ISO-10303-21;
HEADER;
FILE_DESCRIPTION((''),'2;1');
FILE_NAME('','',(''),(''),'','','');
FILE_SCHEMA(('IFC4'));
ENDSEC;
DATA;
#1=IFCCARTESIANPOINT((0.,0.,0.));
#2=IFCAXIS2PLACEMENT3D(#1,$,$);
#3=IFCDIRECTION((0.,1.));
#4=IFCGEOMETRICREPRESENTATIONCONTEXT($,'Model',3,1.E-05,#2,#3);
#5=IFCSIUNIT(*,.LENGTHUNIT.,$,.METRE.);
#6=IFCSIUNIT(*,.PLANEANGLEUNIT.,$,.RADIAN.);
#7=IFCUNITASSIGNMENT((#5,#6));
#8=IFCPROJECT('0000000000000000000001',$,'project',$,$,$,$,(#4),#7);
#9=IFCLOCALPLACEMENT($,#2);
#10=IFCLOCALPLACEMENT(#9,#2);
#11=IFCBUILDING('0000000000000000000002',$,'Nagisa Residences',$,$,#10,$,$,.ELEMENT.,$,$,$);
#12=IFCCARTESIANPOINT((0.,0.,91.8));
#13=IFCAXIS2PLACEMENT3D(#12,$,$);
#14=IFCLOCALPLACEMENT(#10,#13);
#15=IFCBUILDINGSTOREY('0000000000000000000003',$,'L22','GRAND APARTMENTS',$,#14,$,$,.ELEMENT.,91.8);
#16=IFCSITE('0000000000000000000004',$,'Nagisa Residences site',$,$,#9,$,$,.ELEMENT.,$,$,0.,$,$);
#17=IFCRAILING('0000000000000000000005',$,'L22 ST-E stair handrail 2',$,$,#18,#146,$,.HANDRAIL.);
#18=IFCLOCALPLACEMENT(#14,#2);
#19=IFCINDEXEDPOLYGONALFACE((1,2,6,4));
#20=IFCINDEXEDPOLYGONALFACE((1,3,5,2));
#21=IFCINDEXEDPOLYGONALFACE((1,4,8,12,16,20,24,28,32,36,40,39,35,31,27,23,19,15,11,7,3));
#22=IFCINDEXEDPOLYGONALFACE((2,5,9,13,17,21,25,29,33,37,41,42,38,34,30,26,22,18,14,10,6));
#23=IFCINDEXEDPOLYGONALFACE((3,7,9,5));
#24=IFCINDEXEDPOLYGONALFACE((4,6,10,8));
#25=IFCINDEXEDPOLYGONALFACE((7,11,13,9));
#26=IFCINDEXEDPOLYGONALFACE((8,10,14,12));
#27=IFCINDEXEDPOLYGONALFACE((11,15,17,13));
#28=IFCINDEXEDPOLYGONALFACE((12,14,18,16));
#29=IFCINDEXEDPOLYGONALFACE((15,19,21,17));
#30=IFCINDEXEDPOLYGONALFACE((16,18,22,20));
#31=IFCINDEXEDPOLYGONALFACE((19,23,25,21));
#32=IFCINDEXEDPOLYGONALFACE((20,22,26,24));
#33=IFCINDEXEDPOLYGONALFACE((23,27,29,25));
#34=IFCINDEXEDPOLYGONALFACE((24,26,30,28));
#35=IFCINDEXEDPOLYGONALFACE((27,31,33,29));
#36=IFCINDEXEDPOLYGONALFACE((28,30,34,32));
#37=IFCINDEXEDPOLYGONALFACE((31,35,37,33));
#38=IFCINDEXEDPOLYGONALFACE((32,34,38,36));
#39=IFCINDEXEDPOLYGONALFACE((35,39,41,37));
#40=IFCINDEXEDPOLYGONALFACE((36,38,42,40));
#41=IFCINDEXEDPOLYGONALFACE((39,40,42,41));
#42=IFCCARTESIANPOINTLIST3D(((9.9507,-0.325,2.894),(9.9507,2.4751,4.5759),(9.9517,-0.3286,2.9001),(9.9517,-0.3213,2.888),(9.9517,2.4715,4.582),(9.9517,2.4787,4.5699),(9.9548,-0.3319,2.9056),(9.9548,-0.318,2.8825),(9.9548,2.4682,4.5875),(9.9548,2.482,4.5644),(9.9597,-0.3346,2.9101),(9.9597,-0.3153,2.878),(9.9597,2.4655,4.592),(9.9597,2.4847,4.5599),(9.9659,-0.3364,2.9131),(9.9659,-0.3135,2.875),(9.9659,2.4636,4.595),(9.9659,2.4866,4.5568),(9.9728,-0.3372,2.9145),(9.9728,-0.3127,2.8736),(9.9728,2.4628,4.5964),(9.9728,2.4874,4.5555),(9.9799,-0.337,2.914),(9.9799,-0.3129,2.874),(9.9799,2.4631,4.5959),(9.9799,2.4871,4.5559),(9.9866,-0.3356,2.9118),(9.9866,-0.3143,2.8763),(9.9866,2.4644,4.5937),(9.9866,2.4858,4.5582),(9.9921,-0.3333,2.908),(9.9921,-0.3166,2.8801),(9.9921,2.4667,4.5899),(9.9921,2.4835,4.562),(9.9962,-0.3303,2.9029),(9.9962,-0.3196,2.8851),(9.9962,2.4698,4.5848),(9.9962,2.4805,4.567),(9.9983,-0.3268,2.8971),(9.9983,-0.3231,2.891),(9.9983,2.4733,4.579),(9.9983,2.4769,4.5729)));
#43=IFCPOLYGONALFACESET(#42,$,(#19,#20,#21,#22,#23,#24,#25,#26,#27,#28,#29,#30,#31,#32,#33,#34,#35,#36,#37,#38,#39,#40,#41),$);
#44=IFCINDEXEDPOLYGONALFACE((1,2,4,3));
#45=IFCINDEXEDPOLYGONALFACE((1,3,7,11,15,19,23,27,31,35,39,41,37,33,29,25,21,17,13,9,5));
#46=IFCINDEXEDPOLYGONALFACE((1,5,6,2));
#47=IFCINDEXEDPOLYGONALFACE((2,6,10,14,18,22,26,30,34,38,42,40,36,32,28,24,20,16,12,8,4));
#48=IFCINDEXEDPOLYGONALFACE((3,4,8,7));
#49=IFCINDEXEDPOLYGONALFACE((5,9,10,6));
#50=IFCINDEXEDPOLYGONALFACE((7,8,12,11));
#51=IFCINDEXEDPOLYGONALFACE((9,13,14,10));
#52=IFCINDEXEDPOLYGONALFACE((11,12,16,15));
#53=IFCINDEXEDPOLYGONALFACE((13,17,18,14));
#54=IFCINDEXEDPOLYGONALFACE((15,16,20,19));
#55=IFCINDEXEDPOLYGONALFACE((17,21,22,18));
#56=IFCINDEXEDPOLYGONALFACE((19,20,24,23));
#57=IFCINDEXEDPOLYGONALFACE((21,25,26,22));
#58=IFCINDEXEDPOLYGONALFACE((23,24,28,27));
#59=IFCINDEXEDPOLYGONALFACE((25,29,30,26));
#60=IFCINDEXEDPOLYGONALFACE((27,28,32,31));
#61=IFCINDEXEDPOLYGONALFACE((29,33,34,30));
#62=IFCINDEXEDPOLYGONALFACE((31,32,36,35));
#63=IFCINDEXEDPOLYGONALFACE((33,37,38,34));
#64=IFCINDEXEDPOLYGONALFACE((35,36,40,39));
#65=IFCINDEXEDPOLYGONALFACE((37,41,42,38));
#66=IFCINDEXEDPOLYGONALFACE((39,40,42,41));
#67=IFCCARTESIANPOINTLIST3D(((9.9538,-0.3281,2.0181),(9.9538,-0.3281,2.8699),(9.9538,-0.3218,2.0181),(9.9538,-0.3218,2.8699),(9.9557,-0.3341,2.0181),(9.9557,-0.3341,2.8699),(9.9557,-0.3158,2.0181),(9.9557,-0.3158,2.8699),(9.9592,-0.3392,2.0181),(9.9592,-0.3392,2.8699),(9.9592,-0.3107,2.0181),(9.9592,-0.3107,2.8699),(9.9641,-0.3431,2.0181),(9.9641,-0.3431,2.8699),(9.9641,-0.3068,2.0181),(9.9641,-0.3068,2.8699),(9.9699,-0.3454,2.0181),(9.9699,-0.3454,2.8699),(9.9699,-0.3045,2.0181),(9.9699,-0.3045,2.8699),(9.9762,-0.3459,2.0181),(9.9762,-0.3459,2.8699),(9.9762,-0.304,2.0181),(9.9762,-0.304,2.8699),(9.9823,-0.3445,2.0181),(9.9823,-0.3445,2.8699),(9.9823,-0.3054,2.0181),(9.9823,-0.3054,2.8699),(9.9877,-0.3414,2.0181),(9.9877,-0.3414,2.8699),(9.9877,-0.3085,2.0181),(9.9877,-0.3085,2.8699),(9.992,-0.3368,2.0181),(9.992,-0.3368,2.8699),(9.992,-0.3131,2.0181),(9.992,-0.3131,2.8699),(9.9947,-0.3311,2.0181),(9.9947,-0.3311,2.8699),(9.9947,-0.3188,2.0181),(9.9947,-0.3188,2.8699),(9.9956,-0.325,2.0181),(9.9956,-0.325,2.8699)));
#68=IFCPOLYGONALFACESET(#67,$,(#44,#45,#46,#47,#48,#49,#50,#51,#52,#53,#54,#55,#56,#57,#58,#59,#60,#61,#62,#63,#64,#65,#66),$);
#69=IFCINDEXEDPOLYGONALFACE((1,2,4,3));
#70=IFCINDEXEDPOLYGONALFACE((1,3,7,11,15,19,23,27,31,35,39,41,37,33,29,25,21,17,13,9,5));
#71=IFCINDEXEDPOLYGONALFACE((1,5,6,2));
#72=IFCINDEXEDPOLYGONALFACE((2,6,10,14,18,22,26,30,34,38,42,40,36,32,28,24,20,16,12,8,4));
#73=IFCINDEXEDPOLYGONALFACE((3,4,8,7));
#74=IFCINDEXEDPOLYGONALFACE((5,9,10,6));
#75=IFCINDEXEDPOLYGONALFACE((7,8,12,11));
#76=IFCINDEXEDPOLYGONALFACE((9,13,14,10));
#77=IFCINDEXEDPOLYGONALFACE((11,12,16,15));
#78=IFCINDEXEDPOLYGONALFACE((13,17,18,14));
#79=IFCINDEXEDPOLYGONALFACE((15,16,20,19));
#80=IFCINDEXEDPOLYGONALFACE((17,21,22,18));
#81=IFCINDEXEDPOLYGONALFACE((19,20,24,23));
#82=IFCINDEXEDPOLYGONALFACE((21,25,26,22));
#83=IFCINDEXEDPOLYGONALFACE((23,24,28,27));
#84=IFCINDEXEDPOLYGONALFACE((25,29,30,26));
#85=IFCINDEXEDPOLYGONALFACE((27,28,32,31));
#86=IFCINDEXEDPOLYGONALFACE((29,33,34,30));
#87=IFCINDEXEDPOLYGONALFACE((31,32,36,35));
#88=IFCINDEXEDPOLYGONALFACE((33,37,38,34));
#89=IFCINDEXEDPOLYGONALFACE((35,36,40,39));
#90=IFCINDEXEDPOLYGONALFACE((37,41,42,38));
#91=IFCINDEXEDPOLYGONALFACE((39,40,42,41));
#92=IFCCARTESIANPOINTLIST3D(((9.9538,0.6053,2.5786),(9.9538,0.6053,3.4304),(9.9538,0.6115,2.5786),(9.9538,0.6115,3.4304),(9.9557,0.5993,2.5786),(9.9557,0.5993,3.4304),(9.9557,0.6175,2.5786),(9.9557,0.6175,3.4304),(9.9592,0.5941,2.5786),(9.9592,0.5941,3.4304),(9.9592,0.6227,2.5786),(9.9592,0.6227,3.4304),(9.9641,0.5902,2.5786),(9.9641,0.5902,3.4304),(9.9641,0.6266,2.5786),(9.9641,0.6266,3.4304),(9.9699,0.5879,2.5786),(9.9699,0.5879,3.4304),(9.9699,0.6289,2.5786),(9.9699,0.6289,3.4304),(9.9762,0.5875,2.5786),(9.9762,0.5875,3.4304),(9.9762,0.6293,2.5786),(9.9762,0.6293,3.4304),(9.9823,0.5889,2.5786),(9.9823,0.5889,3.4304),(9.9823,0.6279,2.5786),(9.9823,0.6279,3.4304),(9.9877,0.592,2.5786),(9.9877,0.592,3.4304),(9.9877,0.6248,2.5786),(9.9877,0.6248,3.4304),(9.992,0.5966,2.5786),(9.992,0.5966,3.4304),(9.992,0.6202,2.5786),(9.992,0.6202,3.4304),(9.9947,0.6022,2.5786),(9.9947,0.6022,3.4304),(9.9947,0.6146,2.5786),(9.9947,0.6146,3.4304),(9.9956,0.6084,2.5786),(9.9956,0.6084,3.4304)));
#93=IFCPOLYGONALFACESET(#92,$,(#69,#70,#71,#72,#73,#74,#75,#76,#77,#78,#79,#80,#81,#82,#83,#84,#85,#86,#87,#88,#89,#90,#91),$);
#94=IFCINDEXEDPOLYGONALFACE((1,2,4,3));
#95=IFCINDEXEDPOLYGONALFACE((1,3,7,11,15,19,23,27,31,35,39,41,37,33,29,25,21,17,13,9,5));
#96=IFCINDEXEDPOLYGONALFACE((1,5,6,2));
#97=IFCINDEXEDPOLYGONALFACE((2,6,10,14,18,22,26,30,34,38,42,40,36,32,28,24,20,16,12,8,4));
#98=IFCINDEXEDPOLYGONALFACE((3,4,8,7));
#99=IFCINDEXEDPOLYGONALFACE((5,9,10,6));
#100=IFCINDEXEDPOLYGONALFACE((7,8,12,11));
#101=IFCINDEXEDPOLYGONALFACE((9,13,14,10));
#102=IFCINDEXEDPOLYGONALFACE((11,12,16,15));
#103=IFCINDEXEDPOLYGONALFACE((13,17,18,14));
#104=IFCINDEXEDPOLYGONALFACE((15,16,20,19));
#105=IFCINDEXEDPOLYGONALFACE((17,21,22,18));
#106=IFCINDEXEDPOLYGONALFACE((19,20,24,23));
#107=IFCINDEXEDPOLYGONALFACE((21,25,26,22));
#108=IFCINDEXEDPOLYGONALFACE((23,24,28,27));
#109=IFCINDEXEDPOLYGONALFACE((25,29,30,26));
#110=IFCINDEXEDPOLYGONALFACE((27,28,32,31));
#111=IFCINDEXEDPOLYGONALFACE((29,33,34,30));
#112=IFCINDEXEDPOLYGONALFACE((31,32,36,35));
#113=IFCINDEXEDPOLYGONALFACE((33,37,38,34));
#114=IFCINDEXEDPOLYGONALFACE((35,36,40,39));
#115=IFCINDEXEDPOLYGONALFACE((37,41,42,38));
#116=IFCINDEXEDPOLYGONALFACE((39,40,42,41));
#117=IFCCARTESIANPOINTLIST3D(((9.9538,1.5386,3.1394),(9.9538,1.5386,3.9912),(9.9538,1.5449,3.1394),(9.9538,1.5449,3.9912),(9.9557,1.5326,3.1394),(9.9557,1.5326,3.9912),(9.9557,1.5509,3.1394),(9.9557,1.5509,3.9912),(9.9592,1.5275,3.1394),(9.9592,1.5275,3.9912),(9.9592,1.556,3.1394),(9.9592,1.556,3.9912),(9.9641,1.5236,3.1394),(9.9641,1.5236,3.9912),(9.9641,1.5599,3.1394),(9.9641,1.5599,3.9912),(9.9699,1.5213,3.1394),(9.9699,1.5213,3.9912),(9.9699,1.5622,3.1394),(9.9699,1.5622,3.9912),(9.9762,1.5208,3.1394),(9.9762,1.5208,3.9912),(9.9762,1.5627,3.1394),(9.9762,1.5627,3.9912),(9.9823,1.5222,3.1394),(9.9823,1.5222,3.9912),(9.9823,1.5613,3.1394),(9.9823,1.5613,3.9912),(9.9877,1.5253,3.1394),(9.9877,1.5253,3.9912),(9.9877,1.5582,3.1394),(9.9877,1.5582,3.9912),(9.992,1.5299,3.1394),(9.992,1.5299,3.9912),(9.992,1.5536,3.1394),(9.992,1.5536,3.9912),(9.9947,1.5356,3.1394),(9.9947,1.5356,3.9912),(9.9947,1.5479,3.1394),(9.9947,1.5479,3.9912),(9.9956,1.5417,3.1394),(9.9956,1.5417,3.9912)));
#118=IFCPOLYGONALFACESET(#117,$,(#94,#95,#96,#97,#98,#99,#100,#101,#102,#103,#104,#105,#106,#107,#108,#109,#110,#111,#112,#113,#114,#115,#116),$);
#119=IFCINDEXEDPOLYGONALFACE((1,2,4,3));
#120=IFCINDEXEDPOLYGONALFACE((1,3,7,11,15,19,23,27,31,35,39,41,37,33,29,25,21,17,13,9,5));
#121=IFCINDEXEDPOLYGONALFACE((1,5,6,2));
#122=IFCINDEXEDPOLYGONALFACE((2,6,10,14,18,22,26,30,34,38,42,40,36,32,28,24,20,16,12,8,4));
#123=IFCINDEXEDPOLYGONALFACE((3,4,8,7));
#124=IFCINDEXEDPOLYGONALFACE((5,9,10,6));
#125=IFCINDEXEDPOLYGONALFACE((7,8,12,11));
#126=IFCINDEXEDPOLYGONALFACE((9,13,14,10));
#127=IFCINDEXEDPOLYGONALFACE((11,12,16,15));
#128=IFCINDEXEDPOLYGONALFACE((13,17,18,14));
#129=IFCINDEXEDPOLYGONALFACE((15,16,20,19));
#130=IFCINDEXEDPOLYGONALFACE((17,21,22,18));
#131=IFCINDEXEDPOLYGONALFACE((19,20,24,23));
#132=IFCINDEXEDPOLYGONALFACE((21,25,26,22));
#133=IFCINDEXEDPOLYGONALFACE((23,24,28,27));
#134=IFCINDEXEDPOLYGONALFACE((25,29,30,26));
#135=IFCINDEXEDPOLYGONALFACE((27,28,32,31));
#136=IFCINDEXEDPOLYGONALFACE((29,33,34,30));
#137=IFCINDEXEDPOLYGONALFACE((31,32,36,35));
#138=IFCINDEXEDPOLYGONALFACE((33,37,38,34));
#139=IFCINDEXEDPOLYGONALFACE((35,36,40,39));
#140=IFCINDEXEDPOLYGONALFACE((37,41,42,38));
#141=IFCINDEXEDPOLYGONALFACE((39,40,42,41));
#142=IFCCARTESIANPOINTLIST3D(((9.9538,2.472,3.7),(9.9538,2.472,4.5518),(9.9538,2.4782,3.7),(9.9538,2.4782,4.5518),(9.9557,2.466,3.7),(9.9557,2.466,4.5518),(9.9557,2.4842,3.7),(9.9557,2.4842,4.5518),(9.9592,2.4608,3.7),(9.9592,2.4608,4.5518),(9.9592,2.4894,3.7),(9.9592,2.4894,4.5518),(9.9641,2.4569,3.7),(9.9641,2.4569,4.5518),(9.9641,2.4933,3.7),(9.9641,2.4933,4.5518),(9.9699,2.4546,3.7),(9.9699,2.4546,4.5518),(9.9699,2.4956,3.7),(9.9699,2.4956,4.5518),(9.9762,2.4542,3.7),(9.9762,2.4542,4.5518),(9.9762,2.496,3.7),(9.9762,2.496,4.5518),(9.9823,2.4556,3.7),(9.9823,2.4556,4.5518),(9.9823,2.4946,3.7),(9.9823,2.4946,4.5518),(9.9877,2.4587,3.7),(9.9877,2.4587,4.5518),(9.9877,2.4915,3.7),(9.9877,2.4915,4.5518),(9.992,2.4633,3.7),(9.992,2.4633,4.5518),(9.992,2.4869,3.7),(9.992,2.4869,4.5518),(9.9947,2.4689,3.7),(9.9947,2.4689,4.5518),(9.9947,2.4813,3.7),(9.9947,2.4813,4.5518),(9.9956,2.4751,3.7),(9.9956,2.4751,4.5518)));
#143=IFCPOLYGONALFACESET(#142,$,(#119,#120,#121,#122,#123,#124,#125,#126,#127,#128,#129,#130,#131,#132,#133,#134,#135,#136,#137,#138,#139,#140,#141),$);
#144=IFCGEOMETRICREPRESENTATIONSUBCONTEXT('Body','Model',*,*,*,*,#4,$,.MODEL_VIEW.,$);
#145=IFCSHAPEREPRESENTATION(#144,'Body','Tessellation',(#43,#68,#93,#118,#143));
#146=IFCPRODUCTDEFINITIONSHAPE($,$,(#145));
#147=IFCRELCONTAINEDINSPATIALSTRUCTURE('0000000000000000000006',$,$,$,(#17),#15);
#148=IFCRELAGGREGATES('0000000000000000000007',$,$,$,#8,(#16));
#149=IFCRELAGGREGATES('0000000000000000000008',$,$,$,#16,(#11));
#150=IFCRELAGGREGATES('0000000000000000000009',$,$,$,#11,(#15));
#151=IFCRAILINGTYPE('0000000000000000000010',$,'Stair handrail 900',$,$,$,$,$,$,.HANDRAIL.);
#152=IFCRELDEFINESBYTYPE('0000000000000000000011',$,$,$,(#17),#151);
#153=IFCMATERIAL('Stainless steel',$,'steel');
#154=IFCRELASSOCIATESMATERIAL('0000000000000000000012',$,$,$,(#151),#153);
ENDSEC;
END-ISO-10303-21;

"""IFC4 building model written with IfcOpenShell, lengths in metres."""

from ifc_helpers import new_model, si_unit, direction, frame, origin, origin_2d, place, context, subcontext, project, spatial, circle, extrude, material, type_object, element, save


model = new_model("IFC4")

# Units and contexts
model_context = context("Model", 3, precision=1e-05, world=origin(), true_north=direction((0.0, 1.0)))
body_context = subcontext(model_context, "Body", "Model", "MODEL_VIEW")
ifc_project = project(units=[si_unit("LENGTHUNIT", "METRE"), si_unit("PLANEANGLEUNIT", "RADIAN")], contexts=[model_context])

# Site, building, storey
site_placement = place(None, origin())
site = spatial("IfcSite", under=ifc_project, at=site_placement, Name="Nagisa Residences site", CompositionType="ELEMENT", RefElevation=0.0)
building_placement = place(site_placement, origin())
building = spatial("IfcBuilding", under=site, at=building_placement, Name="Nagisa Residences", CompositionType="ELEMENT")
storey_placement = place(building_placement, frame((0.0, 0.0, 91.8)))
storey = spatial("IfcBuildingStorey", under=building, at=storey_placement, Name="L22", Description="GRAND APARTMENTS", CompositionType="ELEMENT", Elevation=91.8)

# Railing
ifc_material_1 = material(Name="Stainless steel", Category="steel")
railing_type = type_object("IfcRailingType", Name="Stair handrail 900", PredefinedType="HANDRAIL", material=ifc_material_1)
railing_placement = place(storey_placement, frame((9.9746, -0.325, 2.0181)))
element("IfcRailing", 1, at=railing_placement, inside=storey, type_object=railing_type, Name="L22 ST-E stair handrail 2", PredefinedType="HANDRAIL", context=body_context, shape_type="SweptSolid", body=[
    extrude(circle(Radius=0.0239, at=origin_2d()), frame((0.0, 0.0, 0.876), z_axis=(0.0, 0.857242, 0.514913), x_axis=(-1.0, 0.0, 0.0)), (0.0, 0.0, 1.0), 3.2664),
    extrude(circle(Radius=0.021, at=origin_2d()), origin(), (0.0, 0.0, 1.0), 0.8518),
    extrude(circle(Radius=0.021, at=origin_2d()), frame((0.0, 0.9333, 0.5605)), (0.0, 0.0, 1.0), 0.8518),
    extrude(circle(Radius=0.021, at=origin_2d()), frame((0.0, 1.8667, 1.1213)), (0.0, 0.0, 1.0), 0.8518),
    extrude(circle(Radius=0.021, at=origin_2d()), frame((0.0, 2.8, 1.6819)), (0.0, 0.0, 1.0), 0.8518),
])

save(model, "model.ifc")
